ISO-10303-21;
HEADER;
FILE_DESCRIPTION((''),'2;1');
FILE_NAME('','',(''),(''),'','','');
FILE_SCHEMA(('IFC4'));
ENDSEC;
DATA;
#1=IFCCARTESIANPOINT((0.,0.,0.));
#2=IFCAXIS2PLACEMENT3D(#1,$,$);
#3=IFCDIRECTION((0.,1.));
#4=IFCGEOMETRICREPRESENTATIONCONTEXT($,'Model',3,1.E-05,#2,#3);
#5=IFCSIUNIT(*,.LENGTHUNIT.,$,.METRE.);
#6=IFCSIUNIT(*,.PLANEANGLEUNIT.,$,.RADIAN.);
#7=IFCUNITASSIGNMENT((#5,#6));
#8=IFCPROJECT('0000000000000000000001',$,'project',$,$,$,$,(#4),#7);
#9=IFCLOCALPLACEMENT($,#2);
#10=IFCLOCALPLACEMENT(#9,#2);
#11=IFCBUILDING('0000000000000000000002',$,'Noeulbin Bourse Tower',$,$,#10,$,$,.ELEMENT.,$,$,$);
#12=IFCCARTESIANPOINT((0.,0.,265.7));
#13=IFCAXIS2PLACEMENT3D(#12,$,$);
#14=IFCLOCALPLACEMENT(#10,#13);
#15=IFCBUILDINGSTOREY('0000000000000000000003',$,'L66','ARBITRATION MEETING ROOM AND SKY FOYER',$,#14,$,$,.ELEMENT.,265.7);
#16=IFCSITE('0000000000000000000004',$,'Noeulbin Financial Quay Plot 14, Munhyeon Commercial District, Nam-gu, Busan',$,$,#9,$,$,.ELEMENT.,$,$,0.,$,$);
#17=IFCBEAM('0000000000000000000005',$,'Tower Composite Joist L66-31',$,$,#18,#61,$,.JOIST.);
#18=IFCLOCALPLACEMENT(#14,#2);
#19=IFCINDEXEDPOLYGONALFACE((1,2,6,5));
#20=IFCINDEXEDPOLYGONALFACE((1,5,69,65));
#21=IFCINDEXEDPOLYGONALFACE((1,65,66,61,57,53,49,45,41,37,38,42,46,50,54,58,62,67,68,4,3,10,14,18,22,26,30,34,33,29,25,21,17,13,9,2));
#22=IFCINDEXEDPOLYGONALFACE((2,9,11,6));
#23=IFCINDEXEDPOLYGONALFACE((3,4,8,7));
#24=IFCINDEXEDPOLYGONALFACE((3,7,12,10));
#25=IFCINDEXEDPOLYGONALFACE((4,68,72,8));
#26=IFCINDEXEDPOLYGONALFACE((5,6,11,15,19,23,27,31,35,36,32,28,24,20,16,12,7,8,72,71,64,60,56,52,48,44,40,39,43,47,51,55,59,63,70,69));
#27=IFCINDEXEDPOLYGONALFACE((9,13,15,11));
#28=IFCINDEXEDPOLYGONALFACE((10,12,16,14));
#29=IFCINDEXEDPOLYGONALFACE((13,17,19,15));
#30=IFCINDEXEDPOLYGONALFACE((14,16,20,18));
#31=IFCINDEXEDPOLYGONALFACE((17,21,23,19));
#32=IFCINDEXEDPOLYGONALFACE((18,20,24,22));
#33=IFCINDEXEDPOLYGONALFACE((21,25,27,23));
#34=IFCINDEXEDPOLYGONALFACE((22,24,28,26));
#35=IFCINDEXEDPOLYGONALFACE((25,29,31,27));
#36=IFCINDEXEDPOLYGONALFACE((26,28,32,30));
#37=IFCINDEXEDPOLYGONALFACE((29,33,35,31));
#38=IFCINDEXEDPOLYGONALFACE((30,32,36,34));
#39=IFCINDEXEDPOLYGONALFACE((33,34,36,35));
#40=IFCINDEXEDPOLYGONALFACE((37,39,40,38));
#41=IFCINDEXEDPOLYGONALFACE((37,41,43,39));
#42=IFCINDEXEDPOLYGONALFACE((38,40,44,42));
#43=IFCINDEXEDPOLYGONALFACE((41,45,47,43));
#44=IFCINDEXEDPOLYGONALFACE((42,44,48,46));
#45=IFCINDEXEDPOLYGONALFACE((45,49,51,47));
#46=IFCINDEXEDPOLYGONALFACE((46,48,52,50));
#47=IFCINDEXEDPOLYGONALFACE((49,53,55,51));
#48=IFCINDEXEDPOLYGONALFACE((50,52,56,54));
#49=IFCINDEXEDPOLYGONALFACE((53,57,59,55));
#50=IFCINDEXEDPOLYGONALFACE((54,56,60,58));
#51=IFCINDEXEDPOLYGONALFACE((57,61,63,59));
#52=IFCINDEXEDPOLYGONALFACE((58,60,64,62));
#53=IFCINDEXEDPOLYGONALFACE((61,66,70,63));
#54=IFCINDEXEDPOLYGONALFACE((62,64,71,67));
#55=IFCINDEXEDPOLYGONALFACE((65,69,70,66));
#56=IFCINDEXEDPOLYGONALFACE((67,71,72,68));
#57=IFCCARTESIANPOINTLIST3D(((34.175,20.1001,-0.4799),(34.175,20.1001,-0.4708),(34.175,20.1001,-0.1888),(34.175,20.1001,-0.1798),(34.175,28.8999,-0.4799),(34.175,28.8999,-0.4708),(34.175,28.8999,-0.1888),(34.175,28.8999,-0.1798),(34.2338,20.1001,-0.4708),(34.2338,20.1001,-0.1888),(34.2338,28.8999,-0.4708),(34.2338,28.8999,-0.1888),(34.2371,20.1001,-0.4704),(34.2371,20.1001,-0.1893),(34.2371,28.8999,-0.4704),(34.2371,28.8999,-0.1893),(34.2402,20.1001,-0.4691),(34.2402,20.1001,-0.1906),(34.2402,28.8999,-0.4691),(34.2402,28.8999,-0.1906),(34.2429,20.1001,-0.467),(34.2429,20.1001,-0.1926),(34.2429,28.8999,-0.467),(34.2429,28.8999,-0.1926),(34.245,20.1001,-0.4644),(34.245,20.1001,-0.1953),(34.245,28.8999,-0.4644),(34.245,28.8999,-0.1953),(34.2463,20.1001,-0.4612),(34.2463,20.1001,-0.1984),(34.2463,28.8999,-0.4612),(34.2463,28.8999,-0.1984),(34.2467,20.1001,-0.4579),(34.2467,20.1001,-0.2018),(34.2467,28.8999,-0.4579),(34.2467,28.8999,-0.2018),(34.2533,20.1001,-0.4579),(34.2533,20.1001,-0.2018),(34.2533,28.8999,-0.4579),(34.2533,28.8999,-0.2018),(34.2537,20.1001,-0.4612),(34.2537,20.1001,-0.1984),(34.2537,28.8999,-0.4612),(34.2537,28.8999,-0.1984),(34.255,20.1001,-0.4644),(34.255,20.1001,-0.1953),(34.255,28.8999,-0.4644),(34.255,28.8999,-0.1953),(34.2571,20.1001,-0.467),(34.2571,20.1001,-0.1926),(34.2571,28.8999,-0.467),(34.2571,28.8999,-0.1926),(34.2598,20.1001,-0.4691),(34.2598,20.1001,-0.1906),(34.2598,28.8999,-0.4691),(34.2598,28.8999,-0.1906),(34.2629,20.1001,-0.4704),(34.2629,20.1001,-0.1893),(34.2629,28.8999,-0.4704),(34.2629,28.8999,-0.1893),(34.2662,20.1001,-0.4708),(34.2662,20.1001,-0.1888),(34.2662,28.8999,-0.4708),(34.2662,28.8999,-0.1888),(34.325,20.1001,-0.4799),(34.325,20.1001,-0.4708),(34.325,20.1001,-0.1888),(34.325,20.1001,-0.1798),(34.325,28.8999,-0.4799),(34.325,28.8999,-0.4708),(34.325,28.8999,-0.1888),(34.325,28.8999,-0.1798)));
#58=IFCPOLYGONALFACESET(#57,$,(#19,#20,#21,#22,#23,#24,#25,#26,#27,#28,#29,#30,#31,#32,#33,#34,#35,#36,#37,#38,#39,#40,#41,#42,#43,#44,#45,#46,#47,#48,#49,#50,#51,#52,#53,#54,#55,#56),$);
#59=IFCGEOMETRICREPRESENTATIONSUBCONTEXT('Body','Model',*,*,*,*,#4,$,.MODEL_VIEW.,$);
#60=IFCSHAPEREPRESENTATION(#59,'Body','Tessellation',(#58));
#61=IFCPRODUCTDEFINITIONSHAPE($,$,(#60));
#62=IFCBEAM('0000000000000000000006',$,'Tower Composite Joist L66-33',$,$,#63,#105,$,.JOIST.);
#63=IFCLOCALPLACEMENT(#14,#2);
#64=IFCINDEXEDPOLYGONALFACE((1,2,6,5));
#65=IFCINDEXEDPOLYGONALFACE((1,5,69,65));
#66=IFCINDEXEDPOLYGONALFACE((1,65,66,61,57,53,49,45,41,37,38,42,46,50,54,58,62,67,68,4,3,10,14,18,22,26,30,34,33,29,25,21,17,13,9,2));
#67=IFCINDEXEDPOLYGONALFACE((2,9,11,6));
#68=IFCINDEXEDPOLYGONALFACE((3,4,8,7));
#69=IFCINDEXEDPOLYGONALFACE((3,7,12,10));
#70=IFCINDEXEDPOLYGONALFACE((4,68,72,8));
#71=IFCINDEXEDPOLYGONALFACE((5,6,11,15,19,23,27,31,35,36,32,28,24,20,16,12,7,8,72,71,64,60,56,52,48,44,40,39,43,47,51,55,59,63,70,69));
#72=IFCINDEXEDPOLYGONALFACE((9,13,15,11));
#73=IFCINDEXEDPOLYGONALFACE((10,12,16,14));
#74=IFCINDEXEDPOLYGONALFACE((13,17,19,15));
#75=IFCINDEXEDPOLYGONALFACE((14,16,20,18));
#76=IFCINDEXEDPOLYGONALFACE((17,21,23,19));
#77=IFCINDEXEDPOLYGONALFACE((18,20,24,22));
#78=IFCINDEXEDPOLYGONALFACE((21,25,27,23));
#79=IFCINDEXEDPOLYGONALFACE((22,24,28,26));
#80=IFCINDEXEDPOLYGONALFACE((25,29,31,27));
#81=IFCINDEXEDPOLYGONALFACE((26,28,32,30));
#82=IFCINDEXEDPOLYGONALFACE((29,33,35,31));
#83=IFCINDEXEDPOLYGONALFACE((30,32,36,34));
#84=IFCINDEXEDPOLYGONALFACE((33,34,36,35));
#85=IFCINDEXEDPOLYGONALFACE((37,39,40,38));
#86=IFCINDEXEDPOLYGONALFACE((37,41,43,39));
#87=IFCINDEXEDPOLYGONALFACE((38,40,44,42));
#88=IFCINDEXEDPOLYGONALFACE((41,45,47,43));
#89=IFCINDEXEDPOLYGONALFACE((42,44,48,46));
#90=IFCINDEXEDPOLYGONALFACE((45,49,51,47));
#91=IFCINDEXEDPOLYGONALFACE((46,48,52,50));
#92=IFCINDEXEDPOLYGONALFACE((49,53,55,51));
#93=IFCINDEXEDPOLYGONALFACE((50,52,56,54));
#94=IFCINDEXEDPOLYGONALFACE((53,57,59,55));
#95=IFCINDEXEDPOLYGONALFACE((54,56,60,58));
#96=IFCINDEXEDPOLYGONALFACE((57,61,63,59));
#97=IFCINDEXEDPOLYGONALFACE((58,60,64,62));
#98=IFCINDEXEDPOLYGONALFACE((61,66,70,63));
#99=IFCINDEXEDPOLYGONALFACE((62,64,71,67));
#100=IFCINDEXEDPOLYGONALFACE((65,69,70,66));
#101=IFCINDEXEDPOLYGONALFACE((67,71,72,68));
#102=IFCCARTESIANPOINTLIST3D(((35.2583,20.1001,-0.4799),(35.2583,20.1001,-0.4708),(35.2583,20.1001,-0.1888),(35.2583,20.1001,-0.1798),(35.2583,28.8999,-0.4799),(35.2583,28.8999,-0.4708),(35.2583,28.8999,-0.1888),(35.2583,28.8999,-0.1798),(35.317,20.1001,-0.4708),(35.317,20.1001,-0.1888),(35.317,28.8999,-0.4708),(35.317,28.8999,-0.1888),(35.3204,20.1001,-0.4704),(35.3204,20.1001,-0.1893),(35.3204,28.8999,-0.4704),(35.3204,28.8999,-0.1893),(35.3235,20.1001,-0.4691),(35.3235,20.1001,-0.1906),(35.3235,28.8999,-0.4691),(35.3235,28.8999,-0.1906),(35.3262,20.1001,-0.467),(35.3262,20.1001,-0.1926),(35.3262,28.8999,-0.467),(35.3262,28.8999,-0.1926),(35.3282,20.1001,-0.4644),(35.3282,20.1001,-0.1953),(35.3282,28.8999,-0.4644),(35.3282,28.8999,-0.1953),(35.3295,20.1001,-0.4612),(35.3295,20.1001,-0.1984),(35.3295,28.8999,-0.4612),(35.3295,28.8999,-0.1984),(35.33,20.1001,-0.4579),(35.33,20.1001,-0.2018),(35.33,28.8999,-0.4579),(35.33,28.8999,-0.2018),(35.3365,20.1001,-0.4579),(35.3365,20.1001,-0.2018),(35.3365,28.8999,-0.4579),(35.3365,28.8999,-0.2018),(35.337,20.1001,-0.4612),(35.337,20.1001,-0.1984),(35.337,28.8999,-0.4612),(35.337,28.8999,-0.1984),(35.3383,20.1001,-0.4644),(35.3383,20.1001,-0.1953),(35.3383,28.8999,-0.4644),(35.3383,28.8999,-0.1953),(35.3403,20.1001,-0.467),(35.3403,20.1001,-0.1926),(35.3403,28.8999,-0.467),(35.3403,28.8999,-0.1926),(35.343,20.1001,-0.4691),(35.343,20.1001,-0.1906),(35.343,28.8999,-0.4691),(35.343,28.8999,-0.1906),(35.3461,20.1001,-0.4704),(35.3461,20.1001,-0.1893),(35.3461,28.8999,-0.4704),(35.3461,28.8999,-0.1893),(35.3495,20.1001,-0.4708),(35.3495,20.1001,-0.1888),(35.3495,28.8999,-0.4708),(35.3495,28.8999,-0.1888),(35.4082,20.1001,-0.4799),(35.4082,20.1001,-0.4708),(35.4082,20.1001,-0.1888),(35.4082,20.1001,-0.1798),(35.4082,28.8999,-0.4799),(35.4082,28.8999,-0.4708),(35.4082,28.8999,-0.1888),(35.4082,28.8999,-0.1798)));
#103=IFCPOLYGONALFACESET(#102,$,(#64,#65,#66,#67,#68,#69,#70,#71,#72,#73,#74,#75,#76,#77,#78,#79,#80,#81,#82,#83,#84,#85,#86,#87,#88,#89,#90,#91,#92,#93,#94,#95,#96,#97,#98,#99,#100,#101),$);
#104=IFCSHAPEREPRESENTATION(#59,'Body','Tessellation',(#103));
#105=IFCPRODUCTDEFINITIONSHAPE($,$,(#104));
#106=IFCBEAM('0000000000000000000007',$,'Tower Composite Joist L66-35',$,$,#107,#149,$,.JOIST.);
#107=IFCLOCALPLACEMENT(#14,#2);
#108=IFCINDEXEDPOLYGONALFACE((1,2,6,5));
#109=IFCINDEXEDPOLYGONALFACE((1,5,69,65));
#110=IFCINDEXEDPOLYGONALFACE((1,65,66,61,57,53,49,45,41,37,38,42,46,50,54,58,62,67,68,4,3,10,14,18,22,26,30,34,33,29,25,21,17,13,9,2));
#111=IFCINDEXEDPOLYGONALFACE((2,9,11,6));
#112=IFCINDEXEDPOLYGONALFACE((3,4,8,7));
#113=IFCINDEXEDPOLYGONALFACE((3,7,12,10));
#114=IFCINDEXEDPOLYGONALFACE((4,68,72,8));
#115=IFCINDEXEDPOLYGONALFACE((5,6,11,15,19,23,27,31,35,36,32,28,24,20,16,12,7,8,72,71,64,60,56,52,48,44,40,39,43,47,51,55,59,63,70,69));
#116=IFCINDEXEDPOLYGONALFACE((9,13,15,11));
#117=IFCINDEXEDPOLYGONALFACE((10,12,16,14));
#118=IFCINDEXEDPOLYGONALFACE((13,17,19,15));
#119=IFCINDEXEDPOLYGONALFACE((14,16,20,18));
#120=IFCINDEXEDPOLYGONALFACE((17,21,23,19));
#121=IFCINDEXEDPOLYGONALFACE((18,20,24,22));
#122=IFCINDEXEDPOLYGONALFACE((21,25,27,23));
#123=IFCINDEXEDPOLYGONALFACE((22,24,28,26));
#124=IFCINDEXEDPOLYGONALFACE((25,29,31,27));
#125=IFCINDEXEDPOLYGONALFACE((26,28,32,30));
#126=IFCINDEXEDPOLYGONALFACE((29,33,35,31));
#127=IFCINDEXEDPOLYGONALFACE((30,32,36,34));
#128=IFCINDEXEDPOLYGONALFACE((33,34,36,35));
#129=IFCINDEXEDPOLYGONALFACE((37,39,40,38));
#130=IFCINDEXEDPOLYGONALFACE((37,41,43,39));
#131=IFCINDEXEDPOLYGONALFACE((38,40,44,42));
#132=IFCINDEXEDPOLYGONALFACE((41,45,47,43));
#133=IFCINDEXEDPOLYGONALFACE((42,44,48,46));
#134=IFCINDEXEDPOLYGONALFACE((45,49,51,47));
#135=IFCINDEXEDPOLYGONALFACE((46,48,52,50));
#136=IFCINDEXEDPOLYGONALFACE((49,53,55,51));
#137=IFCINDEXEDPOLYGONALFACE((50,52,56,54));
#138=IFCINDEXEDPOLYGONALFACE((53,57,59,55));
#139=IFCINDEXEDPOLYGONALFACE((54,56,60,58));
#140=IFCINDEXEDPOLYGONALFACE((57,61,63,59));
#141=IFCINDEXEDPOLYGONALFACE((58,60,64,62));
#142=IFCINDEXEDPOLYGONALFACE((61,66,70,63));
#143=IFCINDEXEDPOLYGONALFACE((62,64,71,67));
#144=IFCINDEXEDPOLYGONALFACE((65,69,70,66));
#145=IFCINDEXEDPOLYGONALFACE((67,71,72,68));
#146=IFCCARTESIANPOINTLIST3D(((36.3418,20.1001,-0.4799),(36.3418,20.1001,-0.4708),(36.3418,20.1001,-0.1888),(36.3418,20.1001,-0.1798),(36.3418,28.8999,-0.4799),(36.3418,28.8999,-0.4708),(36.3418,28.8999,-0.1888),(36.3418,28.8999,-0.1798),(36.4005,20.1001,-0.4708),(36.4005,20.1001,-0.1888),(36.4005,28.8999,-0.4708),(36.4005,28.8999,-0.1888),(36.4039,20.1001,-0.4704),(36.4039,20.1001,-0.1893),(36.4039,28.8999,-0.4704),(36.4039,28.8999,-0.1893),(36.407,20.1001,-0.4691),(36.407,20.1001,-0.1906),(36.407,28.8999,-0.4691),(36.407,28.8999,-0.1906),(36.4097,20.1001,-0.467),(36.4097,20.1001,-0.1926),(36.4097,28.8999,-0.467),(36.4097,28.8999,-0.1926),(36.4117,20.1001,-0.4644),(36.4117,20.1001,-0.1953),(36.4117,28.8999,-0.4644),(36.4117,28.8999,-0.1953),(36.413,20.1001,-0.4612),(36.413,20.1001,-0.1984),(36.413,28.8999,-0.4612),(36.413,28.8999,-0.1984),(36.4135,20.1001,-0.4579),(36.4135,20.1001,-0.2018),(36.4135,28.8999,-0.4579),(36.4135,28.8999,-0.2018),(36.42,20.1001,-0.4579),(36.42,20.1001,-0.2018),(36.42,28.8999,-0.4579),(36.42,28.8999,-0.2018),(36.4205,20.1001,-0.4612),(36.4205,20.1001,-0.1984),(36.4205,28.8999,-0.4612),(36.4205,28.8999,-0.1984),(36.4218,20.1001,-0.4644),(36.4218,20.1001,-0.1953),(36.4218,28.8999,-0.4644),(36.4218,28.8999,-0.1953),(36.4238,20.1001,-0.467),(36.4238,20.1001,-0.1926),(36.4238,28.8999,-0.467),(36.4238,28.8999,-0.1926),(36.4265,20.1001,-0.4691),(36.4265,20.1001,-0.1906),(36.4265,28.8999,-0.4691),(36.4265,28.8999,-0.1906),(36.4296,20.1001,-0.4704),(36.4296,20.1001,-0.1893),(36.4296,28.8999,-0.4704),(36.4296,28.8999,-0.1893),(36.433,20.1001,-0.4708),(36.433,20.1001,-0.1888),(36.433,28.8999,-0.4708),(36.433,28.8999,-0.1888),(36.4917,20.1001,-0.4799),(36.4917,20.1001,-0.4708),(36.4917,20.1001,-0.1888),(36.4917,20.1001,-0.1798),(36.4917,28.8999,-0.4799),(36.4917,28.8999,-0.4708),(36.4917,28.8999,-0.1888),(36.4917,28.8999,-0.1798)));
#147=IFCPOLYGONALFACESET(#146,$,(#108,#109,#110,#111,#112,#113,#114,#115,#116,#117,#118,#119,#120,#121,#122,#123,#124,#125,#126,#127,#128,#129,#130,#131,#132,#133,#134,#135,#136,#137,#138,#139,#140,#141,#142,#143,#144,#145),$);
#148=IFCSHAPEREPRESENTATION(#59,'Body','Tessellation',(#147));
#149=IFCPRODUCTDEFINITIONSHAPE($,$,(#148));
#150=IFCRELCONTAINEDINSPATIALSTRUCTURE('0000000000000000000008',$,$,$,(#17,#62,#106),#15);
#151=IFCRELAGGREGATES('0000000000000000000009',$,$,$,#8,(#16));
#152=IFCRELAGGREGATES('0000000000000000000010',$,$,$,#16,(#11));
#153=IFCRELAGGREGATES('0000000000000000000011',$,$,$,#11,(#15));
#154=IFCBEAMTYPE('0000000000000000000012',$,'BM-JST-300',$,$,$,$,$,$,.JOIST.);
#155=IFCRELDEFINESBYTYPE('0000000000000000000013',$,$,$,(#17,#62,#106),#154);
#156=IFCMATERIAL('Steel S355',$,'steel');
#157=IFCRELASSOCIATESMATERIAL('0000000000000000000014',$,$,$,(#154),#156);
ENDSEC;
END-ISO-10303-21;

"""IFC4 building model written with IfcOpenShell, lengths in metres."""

from ifc_helpers import new_model, si_unit, direction, frame, origin, origin_2d, place, context, subcontext, project, spatial, i_section, extrude, material, material_profile, profile_set, type_object, element, save


model = new_model("IFC4")

# Units and contexts
model_context = context("Model", 3, precision=1e-05, world=origin(), true_north=direction((0.0, 1.0)))
body_context = subcontext(model_context, "Body", "Model", "MODEL_VIEW")
ifc_project = project(units=[si_unit("LENGTHUNIT", "METRE"), si_unit("PLANEANGLEUNIT", "RADIAN")], contexts=[model_context])

# Site, building, storey
site_placement = place(None, origin())
site = spatial("IfcSite", under=ifc_project, at=site_placement, Name="Noeulbin Financial Quay Plot 14, Munhyeon Commercial District, Nam-gu, Busan", CompositionType="ELEMENT", RefElevation=0.0)
building_placement = place(site_placement, origin())
building = spatial("IfcBuilding", under=site, at=building_placement, Name="Noeulbin Bourse Tower", CompositionType="ELEMENT")
storey_placement = place(building_placement, frame((0.0, 0.0, 265.7)))
storey = spatial("IfcBuildingStorey", under=building, at=storey_placement, Name="L66", Description="ARBITRATION MEETING ROOM AND SKY FOYER", CompositionType="ELEMENT", Elevation=265.7)

# Shared definitions
ifc_material_1 = material(Name="Steel S355", Category="steel")

# Beams
ifc_material_profile_1 = material_profile(ifc_material_1, i_section(OverallWidth=0.1499, OverallDepth=0.3, WebThickness=0.0066, FlangeThickness=0.009, FilletRadius=0.0129, at=origin_2d()), Name="H-300x150x6.5x9", Category="LoadBearing")
ifc_profile_set_1 = profile_set([ifc_material_profile_1], Name="Steel S355")
beam_type_1 = type_object("IfcBeamType", Name="BM-JST-300", PredefinedType="JOIST", material=ifc_profile_set_1)
for number, where, z_axis, x_axis, name in (
    (1, (34.25, 20.1001, -0.3298), (0.0, 1.0, 0.0), (-1.0, 0.0, 0.0), "Tower Composite Joist L66-31"),
    (2, (35.3333, 20.1001, -0.3298), (0.0, 1.0, 0.0), (-1.0, 0.0, 0.0), "Tower Composite Joist L66-33"),
    (3, (36.4167, 20.1001, -0.3298), (0.0, 1.0, 0.0), (-1.0, 0.0, 0.0), "Tower Composite Joist L66-35"),
):
    element("IfcBeam", number, at=place(storey_placement, frame(where, z_axis=z_axis, x_axis=x_axis)), inside=storey, type_object=beam_type_1, Name=name, PredefinedType="JOIST", context=body_context, shape_type="SweptSolid", body=[
        extrude(i_section(OverallWidth=0.1499, OverallDepth=0.3, WebThickness=0.0066, FlangeThickness=0.009, FilletRadius=0.0129, at=origin_2d()), origin(), (0.0, 0.0, 1.0), 8.7998),
    ])

save(model, "model.ifc")
